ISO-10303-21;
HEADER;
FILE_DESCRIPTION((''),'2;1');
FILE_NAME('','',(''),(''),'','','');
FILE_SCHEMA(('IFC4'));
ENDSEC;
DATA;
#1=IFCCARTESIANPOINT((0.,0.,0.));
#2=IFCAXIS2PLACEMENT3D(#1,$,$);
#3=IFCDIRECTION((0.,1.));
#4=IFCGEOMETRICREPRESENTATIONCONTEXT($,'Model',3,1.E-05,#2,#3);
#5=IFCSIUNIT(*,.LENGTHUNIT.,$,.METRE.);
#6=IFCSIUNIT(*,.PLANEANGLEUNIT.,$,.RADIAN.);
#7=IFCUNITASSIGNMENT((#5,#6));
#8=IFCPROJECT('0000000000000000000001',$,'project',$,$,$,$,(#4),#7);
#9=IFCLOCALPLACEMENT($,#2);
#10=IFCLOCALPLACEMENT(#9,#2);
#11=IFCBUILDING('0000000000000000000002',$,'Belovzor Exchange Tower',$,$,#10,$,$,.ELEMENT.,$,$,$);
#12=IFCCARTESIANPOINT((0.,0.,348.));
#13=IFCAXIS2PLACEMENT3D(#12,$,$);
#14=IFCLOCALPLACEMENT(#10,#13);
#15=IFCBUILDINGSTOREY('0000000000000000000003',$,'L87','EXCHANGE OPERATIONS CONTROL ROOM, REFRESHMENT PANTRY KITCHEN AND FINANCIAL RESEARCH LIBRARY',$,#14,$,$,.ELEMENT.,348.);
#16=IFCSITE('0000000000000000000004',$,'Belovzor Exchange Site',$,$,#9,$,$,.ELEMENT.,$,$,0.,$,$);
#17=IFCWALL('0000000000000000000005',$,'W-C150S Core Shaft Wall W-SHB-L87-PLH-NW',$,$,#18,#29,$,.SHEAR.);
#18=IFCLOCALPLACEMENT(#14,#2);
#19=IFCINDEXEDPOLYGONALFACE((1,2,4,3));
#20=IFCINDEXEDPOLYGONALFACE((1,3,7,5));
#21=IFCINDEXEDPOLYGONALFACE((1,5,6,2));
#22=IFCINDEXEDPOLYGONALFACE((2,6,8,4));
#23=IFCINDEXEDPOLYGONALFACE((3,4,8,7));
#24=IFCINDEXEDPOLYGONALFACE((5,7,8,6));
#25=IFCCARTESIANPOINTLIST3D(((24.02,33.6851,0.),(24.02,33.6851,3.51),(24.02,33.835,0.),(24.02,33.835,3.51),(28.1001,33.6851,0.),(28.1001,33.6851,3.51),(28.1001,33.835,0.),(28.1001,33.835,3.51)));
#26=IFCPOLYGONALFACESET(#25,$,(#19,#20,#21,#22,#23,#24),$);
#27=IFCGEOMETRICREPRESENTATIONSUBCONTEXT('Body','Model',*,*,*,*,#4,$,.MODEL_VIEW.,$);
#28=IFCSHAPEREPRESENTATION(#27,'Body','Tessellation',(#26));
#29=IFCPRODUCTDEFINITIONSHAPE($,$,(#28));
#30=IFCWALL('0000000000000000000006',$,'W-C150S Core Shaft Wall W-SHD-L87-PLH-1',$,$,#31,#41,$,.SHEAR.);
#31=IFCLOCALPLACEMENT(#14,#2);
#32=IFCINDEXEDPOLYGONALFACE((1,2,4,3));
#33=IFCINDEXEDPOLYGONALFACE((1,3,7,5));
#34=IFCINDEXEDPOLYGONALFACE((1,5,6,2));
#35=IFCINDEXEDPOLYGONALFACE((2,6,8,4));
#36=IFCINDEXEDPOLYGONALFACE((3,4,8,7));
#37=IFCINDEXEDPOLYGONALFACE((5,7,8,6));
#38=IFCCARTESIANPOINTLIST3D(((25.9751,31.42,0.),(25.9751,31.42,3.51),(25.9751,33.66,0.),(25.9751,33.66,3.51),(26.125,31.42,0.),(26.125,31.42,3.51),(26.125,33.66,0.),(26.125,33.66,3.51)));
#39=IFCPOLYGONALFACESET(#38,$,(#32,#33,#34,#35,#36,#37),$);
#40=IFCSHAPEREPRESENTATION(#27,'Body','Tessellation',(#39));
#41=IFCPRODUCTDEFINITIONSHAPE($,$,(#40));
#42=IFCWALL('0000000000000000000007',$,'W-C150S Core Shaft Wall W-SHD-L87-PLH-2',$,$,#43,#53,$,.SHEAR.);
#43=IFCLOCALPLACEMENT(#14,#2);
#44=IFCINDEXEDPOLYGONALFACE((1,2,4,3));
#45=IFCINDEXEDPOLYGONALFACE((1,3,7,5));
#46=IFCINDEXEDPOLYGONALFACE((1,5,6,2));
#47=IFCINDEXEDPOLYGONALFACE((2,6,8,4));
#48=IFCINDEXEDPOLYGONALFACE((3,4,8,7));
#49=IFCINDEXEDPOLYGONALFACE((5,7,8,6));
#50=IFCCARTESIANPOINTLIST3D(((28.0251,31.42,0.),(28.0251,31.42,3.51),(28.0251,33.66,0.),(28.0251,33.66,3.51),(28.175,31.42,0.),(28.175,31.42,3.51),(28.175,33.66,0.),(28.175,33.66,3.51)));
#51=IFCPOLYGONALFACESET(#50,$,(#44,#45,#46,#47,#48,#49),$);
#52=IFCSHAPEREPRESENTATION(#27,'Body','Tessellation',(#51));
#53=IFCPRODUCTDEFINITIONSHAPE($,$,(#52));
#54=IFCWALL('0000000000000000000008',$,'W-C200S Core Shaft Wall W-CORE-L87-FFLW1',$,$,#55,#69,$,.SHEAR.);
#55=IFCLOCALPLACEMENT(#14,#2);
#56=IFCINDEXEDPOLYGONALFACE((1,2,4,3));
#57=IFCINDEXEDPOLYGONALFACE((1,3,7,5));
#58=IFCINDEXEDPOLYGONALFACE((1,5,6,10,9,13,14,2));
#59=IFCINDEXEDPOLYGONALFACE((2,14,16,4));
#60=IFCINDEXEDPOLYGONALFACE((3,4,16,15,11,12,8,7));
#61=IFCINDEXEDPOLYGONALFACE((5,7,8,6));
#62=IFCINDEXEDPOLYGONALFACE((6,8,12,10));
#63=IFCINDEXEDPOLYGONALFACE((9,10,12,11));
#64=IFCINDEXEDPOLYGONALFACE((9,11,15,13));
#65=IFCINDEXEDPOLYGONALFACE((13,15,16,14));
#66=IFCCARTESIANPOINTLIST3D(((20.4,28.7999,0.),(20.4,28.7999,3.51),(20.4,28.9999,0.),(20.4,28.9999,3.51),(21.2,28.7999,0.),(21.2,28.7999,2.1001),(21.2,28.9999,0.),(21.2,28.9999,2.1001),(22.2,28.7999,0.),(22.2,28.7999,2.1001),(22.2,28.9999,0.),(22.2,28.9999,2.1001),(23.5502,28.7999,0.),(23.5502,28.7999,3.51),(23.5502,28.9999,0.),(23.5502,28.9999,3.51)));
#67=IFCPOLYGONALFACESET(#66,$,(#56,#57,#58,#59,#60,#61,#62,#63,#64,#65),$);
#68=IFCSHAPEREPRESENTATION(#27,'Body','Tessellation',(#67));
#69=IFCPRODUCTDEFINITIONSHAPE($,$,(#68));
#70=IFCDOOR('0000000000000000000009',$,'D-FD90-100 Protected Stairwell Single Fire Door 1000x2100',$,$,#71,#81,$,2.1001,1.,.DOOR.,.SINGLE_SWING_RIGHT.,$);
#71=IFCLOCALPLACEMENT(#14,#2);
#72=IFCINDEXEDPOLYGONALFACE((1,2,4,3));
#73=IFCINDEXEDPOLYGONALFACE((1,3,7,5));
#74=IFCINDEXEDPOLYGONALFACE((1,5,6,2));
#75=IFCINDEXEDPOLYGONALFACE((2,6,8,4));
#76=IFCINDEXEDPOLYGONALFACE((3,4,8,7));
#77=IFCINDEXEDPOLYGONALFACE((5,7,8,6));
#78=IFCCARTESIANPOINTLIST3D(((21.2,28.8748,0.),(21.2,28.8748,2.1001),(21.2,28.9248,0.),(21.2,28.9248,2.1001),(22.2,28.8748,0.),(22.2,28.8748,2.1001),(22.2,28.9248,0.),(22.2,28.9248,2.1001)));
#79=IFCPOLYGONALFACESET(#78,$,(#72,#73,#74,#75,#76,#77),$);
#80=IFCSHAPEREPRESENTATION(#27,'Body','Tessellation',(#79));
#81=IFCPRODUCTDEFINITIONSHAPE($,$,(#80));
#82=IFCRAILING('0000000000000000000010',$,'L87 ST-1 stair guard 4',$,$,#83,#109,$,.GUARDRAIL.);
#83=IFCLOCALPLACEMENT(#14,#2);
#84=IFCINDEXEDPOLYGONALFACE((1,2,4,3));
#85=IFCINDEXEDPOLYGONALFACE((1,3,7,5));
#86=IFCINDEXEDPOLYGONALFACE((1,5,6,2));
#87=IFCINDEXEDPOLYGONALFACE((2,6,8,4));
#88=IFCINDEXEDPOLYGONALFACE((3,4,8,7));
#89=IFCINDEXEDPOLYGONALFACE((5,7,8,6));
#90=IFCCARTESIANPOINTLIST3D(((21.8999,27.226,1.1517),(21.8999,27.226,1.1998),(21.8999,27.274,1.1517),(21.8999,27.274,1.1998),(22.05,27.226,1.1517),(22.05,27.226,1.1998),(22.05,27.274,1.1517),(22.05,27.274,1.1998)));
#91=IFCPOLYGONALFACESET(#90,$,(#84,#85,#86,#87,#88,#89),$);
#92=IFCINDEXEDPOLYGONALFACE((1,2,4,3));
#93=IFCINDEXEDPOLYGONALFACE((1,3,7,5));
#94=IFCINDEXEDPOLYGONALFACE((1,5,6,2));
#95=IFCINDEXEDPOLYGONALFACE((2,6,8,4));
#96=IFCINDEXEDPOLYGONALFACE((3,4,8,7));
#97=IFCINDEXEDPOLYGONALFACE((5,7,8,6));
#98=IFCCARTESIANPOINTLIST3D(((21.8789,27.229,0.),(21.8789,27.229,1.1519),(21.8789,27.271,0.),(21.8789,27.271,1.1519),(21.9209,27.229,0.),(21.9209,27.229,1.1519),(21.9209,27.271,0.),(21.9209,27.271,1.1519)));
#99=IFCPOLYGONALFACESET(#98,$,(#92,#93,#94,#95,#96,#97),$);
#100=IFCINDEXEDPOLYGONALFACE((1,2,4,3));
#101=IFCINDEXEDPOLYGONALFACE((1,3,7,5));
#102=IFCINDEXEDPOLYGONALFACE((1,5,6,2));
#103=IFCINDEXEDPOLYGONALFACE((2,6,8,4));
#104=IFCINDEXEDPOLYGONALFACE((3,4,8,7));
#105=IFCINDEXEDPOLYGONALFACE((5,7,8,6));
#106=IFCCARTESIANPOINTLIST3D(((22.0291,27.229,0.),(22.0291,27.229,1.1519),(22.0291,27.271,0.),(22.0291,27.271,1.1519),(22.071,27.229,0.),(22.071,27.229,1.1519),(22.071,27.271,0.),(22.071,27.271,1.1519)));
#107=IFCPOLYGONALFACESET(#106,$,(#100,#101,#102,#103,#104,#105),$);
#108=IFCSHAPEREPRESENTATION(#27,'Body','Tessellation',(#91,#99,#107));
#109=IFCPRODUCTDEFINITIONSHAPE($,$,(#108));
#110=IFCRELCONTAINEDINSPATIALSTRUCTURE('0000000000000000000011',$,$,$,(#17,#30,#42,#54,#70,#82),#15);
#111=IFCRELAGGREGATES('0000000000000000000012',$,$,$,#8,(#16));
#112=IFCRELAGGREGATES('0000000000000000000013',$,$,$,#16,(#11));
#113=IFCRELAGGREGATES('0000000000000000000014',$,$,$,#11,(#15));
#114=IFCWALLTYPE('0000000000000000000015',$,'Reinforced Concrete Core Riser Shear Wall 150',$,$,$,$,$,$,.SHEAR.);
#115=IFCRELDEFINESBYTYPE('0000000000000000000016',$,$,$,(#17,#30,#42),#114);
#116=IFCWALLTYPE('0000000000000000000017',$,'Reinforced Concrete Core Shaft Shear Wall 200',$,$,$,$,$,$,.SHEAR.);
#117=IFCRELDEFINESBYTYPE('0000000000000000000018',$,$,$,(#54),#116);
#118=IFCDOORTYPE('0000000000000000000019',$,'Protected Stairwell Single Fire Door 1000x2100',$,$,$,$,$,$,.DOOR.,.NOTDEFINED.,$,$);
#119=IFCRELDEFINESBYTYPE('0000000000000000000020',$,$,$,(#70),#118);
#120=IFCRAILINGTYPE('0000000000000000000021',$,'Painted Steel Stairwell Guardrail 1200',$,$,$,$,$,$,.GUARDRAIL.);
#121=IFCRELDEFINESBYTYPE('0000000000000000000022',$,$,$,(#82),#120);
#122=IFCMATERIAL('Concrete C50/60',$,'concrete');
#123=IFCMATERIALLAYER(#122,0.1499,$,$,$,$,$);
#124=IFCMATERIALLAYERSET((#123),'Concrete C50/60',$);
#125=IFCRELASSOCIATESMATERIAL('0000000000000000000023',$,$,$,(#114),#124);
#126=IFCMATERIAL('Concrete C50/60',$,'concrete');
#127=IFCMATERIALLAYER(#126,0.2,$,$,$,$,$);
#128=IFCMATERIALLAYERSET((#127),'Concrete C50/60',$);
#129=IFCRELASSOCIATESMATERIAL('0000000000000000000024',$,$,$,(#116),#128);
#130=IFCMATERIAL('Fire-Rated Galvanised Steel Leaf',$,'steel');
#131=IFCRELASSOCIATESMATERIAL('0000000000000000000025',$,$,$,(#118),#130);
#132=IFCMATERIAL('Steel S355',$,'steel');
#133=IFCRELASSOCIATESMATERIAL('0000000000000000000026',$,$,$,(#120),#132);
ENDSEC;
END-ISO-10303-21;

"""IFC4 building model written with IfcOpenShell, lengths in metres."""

from ifc_helpers import new_model, si_unit, direction, frame, frame_2d, origin, origin_2d, place, context, subcontext, project, spatial, rectangle, extrude, material, layer, layer_set, type_object, element, fill, save


model = new_model("IFC4")

# Units and contexts
model_context = context("Model", 3, precision=1e-05, world=origin(), true_north=direction((0.0, 1.0)))
body_context = subcontext(model_context, "Body", "Model", "MODEL_VIEW")
ifc_project = project(units=[si_unit("LENGTHUNIT", "METRE"), si_unit("PLANEANGLEUNIT", "RADIAN")], contexts=[model_context])

# Site, building, storey
site_placement = place(None, origin())
site = spatial("IfcSite", under=ifc_project, at=site_placement, Name="Belovzor Exchange Site", CompositionType="ELEMENT", RefElevation=0.0)
building_placement = place(site_placement, origin())
building = spatial("IfcBuilding", under=site, at=building_placement, Name="Belovzor Exchange Tower", CompositionType="ELEMENT")
storey_placement = place(building_placement, frame((0.0, 0.0, 348.0)))
storey = spatial("IfcBuildingStorey", under=building, at=storey_placement, Name="L87", Description="EXCHANGE OPERATIONS CONTROL ROOM, REFRESHMENT PANTRY KITCHEN AND FINANCIAL RESEARCH LIBRARY", CompositionType="ELEMENT", Elevation=348.0)

# Walls
ifc_material_1 = material(Name="Concrete C50/60", Category="concrete")
ifc_layer_1 = layer(ifc_material_1, 0.1499)
ifc_layer_set_1 = layer_set([ifc_layer_1], Name="Concrete C50/60")
wall_type_1 = type_object("IfcWallType", Name="Reinforced Concrete Core Riser Shear Wall 150", PredefinedType="SHEAR", material=ifc_layer_set_1)
wall_1_placement = place(storey_placement, frame((24.02, 33.76, 0.0), z_axis=(0.0, 0.0, 1.0), x_axis=(1.0, 0.0, 0.0)))
element("IfcWall", 1, at=wall_1_placement, inside=storey, type_object=wall_type_1, Name="W-C150S Core Shaft Wall W-SHB-L87-PLH-NW", PredefinedType="SHEAR", context=body_context, shape_type="SweptSolid", body=[
    extrude(rectangle(XDim=4.0801, YDim=0.1499, at=frame_2d((2.04, 0.0))), origin(), (0.0, 0.0, 1.0), 3.51),
])
for number, where, z_axis, x_axis, name in (
    (2, (26.05, 31.4199, 0.0), (0.0, 0.0, 1.0), (0.0, 1.0, 0.0), "W-C150S Core Shaft Wall W-SHD-L87-PLH-1"),
    (3, (28.1001, 31.4199, 0.0), (0.0, 0.0, 1.0), (0.0, 1.0, 0.0), "W-C150S Core Shaft Wall W-SHD-L87-PLH-2"),
):
    element("IfcWall", number, at=place(storey_placement, frame(where, z_axis=z_axis, x_axis=x_axis)), inside=storey, type_object=wall_type_1, Name=name, PredefinedType="SHEAR", context=body_context, shape_type="SweptSolid", body=[
        extrude(rectangle(XDim=2.24, YDim=0.1499, at=frame_2d((1.1201, 0.0))), origin(), (0.0, 0.0, 1.0), 3.51),
    ])

# Wall, opening, door
ifc_material_2 = material(Name="Concrete C50/60", Category="concrete")
ifc_layer_2 = layer(ifc_material_2, 0.2)
ifc_layer_set_2 = layer_set([ifc_layer_2], Name="Concrete C50/60")
wall_type_2 = type_object("IfcWallType", Name="Reinforced Concrete Core Shaft Shear Wall 200", PredefinedType="SHEAR", material=ifc_layer_set_2)
wall_2_placement = place(storey_placement, frame((20.3999, 28.8999, 0.0), z_axis=(0.0, 0.0, 1.0), x_axis=(1.0, 0.0, 0.0)))
wall_2 = element("IfcWall", 4, at=wall_2_placement, inside=storey, type_object=wall_type_2, Name="W-C200S Core Shaft Wall W-CORE-L87-FFLW1", PredefinedType="SHEAR", context=body_context, shape_type="SweptSolid", body=[
    extrude(rectangle(XDim=3.1501, YDim=0.2, at=frame_2d((1.5752, 0.0))), origin(), (0.0, 0.0, 1.0), 3.51),
])
opening_1_placement = place(wall_2_placement, frame((0.8, 0.0, 0.0)))
opening_1 = element("IfcOpeningElement", 5, at=opening_1_placement, cuts=wall_2, PredefinedType="OPENING", context=body_context, shape_type="SweptSolid", body=[
    extrude(rectangle(XDim=1.0, YDim=2.1001, at=frame_2d((0.5, 1.05))), frame((0.0, 0.1099, 0.0), z_axis=(0.0, -1.0, 0.0), x_axis=(1.0, 0.0, 0.0)), (0.0, 0.0, 1.0), 0.22),
])
ifc_material_3 = material(Name="Fire-Rated Galvanised Steel Leaf", Category="steel")
door_type_1 = type_object("IfcDoorType", Name="Protected Stairwell Single Fire Door 1000x2100", OperationType="NOTDEFINED", PredefinedType="DOOR", material=ifc_material_3)
door_1_placement = place(opening_1_placement, origin())
door_1 = element("IfcDoor", 6, at=door_1_placement, inside=storey, type_object=door_type_1, Name="D-FD90-100 Protected Stairwell Single Fire Door 1000x2100", OperationType="SINGLE_SWING_RIGHT", OverallHeight=2.1001, OverallWidth=1.0, PredefinedType="DOOR", context=body_context, shape_type="SweptSolid", body=[
    extrude(rectangle(XDim=1.0, YDim=2.1001, at=frame_2d((0.5, 1.05))), frame((0.0, 0.0249, 0.0), z_axis=(0.0, -1.0, 0.0), x_axis=(1.0, 0.0, 0.0)), (0.0, 0.0, 1.0), 0.05),
])
fill(opening_1, door_1)

# Railing
ifc_material_4 = material(Name="Steel S355", Category="steel")
railing_type = type_object("IfcRailingType", Name="Painted Steel Stairwell Guardrail 1200", PredefinedType="GUARDRAIL", material=ifc_material_4)
railing_placement = place(storey_placement, frame((21.8999, 27.25, 0.0)))
element("IfcRailing", 7, at=railing_placement, inside=storey, type_object=railing_type, Name="L87 ST-1 stair guard 4", PredefinedType="GUARDRAIL", context=body_context, shape_type="SweptSolid", body=[
    extrude(rectangle(XDim=0.0481, YDim=0.0481, at=origin_2d()), frame((0.0, 0.0, 1.1758), z_axis=(1.0, 0.0, 0.0), x_axis=(0.0, 1.0, 0.0)), (0.0, 0.0, 1.0), 0.1501),
    extrude(rectangle(XDim=0.042, YDim=0.042, at=origin_2d()), origin(), (0.0, 0.0, 1.0), 1.1519),
    extrude(rectangle(XDim=0.042, YDim=0.042, at=origin_2d()), frame((0.1501, 0.0, 0.0)), (0.0, 0.0, 1.0), 1.1519),
])

save(model, "model.ifc")
